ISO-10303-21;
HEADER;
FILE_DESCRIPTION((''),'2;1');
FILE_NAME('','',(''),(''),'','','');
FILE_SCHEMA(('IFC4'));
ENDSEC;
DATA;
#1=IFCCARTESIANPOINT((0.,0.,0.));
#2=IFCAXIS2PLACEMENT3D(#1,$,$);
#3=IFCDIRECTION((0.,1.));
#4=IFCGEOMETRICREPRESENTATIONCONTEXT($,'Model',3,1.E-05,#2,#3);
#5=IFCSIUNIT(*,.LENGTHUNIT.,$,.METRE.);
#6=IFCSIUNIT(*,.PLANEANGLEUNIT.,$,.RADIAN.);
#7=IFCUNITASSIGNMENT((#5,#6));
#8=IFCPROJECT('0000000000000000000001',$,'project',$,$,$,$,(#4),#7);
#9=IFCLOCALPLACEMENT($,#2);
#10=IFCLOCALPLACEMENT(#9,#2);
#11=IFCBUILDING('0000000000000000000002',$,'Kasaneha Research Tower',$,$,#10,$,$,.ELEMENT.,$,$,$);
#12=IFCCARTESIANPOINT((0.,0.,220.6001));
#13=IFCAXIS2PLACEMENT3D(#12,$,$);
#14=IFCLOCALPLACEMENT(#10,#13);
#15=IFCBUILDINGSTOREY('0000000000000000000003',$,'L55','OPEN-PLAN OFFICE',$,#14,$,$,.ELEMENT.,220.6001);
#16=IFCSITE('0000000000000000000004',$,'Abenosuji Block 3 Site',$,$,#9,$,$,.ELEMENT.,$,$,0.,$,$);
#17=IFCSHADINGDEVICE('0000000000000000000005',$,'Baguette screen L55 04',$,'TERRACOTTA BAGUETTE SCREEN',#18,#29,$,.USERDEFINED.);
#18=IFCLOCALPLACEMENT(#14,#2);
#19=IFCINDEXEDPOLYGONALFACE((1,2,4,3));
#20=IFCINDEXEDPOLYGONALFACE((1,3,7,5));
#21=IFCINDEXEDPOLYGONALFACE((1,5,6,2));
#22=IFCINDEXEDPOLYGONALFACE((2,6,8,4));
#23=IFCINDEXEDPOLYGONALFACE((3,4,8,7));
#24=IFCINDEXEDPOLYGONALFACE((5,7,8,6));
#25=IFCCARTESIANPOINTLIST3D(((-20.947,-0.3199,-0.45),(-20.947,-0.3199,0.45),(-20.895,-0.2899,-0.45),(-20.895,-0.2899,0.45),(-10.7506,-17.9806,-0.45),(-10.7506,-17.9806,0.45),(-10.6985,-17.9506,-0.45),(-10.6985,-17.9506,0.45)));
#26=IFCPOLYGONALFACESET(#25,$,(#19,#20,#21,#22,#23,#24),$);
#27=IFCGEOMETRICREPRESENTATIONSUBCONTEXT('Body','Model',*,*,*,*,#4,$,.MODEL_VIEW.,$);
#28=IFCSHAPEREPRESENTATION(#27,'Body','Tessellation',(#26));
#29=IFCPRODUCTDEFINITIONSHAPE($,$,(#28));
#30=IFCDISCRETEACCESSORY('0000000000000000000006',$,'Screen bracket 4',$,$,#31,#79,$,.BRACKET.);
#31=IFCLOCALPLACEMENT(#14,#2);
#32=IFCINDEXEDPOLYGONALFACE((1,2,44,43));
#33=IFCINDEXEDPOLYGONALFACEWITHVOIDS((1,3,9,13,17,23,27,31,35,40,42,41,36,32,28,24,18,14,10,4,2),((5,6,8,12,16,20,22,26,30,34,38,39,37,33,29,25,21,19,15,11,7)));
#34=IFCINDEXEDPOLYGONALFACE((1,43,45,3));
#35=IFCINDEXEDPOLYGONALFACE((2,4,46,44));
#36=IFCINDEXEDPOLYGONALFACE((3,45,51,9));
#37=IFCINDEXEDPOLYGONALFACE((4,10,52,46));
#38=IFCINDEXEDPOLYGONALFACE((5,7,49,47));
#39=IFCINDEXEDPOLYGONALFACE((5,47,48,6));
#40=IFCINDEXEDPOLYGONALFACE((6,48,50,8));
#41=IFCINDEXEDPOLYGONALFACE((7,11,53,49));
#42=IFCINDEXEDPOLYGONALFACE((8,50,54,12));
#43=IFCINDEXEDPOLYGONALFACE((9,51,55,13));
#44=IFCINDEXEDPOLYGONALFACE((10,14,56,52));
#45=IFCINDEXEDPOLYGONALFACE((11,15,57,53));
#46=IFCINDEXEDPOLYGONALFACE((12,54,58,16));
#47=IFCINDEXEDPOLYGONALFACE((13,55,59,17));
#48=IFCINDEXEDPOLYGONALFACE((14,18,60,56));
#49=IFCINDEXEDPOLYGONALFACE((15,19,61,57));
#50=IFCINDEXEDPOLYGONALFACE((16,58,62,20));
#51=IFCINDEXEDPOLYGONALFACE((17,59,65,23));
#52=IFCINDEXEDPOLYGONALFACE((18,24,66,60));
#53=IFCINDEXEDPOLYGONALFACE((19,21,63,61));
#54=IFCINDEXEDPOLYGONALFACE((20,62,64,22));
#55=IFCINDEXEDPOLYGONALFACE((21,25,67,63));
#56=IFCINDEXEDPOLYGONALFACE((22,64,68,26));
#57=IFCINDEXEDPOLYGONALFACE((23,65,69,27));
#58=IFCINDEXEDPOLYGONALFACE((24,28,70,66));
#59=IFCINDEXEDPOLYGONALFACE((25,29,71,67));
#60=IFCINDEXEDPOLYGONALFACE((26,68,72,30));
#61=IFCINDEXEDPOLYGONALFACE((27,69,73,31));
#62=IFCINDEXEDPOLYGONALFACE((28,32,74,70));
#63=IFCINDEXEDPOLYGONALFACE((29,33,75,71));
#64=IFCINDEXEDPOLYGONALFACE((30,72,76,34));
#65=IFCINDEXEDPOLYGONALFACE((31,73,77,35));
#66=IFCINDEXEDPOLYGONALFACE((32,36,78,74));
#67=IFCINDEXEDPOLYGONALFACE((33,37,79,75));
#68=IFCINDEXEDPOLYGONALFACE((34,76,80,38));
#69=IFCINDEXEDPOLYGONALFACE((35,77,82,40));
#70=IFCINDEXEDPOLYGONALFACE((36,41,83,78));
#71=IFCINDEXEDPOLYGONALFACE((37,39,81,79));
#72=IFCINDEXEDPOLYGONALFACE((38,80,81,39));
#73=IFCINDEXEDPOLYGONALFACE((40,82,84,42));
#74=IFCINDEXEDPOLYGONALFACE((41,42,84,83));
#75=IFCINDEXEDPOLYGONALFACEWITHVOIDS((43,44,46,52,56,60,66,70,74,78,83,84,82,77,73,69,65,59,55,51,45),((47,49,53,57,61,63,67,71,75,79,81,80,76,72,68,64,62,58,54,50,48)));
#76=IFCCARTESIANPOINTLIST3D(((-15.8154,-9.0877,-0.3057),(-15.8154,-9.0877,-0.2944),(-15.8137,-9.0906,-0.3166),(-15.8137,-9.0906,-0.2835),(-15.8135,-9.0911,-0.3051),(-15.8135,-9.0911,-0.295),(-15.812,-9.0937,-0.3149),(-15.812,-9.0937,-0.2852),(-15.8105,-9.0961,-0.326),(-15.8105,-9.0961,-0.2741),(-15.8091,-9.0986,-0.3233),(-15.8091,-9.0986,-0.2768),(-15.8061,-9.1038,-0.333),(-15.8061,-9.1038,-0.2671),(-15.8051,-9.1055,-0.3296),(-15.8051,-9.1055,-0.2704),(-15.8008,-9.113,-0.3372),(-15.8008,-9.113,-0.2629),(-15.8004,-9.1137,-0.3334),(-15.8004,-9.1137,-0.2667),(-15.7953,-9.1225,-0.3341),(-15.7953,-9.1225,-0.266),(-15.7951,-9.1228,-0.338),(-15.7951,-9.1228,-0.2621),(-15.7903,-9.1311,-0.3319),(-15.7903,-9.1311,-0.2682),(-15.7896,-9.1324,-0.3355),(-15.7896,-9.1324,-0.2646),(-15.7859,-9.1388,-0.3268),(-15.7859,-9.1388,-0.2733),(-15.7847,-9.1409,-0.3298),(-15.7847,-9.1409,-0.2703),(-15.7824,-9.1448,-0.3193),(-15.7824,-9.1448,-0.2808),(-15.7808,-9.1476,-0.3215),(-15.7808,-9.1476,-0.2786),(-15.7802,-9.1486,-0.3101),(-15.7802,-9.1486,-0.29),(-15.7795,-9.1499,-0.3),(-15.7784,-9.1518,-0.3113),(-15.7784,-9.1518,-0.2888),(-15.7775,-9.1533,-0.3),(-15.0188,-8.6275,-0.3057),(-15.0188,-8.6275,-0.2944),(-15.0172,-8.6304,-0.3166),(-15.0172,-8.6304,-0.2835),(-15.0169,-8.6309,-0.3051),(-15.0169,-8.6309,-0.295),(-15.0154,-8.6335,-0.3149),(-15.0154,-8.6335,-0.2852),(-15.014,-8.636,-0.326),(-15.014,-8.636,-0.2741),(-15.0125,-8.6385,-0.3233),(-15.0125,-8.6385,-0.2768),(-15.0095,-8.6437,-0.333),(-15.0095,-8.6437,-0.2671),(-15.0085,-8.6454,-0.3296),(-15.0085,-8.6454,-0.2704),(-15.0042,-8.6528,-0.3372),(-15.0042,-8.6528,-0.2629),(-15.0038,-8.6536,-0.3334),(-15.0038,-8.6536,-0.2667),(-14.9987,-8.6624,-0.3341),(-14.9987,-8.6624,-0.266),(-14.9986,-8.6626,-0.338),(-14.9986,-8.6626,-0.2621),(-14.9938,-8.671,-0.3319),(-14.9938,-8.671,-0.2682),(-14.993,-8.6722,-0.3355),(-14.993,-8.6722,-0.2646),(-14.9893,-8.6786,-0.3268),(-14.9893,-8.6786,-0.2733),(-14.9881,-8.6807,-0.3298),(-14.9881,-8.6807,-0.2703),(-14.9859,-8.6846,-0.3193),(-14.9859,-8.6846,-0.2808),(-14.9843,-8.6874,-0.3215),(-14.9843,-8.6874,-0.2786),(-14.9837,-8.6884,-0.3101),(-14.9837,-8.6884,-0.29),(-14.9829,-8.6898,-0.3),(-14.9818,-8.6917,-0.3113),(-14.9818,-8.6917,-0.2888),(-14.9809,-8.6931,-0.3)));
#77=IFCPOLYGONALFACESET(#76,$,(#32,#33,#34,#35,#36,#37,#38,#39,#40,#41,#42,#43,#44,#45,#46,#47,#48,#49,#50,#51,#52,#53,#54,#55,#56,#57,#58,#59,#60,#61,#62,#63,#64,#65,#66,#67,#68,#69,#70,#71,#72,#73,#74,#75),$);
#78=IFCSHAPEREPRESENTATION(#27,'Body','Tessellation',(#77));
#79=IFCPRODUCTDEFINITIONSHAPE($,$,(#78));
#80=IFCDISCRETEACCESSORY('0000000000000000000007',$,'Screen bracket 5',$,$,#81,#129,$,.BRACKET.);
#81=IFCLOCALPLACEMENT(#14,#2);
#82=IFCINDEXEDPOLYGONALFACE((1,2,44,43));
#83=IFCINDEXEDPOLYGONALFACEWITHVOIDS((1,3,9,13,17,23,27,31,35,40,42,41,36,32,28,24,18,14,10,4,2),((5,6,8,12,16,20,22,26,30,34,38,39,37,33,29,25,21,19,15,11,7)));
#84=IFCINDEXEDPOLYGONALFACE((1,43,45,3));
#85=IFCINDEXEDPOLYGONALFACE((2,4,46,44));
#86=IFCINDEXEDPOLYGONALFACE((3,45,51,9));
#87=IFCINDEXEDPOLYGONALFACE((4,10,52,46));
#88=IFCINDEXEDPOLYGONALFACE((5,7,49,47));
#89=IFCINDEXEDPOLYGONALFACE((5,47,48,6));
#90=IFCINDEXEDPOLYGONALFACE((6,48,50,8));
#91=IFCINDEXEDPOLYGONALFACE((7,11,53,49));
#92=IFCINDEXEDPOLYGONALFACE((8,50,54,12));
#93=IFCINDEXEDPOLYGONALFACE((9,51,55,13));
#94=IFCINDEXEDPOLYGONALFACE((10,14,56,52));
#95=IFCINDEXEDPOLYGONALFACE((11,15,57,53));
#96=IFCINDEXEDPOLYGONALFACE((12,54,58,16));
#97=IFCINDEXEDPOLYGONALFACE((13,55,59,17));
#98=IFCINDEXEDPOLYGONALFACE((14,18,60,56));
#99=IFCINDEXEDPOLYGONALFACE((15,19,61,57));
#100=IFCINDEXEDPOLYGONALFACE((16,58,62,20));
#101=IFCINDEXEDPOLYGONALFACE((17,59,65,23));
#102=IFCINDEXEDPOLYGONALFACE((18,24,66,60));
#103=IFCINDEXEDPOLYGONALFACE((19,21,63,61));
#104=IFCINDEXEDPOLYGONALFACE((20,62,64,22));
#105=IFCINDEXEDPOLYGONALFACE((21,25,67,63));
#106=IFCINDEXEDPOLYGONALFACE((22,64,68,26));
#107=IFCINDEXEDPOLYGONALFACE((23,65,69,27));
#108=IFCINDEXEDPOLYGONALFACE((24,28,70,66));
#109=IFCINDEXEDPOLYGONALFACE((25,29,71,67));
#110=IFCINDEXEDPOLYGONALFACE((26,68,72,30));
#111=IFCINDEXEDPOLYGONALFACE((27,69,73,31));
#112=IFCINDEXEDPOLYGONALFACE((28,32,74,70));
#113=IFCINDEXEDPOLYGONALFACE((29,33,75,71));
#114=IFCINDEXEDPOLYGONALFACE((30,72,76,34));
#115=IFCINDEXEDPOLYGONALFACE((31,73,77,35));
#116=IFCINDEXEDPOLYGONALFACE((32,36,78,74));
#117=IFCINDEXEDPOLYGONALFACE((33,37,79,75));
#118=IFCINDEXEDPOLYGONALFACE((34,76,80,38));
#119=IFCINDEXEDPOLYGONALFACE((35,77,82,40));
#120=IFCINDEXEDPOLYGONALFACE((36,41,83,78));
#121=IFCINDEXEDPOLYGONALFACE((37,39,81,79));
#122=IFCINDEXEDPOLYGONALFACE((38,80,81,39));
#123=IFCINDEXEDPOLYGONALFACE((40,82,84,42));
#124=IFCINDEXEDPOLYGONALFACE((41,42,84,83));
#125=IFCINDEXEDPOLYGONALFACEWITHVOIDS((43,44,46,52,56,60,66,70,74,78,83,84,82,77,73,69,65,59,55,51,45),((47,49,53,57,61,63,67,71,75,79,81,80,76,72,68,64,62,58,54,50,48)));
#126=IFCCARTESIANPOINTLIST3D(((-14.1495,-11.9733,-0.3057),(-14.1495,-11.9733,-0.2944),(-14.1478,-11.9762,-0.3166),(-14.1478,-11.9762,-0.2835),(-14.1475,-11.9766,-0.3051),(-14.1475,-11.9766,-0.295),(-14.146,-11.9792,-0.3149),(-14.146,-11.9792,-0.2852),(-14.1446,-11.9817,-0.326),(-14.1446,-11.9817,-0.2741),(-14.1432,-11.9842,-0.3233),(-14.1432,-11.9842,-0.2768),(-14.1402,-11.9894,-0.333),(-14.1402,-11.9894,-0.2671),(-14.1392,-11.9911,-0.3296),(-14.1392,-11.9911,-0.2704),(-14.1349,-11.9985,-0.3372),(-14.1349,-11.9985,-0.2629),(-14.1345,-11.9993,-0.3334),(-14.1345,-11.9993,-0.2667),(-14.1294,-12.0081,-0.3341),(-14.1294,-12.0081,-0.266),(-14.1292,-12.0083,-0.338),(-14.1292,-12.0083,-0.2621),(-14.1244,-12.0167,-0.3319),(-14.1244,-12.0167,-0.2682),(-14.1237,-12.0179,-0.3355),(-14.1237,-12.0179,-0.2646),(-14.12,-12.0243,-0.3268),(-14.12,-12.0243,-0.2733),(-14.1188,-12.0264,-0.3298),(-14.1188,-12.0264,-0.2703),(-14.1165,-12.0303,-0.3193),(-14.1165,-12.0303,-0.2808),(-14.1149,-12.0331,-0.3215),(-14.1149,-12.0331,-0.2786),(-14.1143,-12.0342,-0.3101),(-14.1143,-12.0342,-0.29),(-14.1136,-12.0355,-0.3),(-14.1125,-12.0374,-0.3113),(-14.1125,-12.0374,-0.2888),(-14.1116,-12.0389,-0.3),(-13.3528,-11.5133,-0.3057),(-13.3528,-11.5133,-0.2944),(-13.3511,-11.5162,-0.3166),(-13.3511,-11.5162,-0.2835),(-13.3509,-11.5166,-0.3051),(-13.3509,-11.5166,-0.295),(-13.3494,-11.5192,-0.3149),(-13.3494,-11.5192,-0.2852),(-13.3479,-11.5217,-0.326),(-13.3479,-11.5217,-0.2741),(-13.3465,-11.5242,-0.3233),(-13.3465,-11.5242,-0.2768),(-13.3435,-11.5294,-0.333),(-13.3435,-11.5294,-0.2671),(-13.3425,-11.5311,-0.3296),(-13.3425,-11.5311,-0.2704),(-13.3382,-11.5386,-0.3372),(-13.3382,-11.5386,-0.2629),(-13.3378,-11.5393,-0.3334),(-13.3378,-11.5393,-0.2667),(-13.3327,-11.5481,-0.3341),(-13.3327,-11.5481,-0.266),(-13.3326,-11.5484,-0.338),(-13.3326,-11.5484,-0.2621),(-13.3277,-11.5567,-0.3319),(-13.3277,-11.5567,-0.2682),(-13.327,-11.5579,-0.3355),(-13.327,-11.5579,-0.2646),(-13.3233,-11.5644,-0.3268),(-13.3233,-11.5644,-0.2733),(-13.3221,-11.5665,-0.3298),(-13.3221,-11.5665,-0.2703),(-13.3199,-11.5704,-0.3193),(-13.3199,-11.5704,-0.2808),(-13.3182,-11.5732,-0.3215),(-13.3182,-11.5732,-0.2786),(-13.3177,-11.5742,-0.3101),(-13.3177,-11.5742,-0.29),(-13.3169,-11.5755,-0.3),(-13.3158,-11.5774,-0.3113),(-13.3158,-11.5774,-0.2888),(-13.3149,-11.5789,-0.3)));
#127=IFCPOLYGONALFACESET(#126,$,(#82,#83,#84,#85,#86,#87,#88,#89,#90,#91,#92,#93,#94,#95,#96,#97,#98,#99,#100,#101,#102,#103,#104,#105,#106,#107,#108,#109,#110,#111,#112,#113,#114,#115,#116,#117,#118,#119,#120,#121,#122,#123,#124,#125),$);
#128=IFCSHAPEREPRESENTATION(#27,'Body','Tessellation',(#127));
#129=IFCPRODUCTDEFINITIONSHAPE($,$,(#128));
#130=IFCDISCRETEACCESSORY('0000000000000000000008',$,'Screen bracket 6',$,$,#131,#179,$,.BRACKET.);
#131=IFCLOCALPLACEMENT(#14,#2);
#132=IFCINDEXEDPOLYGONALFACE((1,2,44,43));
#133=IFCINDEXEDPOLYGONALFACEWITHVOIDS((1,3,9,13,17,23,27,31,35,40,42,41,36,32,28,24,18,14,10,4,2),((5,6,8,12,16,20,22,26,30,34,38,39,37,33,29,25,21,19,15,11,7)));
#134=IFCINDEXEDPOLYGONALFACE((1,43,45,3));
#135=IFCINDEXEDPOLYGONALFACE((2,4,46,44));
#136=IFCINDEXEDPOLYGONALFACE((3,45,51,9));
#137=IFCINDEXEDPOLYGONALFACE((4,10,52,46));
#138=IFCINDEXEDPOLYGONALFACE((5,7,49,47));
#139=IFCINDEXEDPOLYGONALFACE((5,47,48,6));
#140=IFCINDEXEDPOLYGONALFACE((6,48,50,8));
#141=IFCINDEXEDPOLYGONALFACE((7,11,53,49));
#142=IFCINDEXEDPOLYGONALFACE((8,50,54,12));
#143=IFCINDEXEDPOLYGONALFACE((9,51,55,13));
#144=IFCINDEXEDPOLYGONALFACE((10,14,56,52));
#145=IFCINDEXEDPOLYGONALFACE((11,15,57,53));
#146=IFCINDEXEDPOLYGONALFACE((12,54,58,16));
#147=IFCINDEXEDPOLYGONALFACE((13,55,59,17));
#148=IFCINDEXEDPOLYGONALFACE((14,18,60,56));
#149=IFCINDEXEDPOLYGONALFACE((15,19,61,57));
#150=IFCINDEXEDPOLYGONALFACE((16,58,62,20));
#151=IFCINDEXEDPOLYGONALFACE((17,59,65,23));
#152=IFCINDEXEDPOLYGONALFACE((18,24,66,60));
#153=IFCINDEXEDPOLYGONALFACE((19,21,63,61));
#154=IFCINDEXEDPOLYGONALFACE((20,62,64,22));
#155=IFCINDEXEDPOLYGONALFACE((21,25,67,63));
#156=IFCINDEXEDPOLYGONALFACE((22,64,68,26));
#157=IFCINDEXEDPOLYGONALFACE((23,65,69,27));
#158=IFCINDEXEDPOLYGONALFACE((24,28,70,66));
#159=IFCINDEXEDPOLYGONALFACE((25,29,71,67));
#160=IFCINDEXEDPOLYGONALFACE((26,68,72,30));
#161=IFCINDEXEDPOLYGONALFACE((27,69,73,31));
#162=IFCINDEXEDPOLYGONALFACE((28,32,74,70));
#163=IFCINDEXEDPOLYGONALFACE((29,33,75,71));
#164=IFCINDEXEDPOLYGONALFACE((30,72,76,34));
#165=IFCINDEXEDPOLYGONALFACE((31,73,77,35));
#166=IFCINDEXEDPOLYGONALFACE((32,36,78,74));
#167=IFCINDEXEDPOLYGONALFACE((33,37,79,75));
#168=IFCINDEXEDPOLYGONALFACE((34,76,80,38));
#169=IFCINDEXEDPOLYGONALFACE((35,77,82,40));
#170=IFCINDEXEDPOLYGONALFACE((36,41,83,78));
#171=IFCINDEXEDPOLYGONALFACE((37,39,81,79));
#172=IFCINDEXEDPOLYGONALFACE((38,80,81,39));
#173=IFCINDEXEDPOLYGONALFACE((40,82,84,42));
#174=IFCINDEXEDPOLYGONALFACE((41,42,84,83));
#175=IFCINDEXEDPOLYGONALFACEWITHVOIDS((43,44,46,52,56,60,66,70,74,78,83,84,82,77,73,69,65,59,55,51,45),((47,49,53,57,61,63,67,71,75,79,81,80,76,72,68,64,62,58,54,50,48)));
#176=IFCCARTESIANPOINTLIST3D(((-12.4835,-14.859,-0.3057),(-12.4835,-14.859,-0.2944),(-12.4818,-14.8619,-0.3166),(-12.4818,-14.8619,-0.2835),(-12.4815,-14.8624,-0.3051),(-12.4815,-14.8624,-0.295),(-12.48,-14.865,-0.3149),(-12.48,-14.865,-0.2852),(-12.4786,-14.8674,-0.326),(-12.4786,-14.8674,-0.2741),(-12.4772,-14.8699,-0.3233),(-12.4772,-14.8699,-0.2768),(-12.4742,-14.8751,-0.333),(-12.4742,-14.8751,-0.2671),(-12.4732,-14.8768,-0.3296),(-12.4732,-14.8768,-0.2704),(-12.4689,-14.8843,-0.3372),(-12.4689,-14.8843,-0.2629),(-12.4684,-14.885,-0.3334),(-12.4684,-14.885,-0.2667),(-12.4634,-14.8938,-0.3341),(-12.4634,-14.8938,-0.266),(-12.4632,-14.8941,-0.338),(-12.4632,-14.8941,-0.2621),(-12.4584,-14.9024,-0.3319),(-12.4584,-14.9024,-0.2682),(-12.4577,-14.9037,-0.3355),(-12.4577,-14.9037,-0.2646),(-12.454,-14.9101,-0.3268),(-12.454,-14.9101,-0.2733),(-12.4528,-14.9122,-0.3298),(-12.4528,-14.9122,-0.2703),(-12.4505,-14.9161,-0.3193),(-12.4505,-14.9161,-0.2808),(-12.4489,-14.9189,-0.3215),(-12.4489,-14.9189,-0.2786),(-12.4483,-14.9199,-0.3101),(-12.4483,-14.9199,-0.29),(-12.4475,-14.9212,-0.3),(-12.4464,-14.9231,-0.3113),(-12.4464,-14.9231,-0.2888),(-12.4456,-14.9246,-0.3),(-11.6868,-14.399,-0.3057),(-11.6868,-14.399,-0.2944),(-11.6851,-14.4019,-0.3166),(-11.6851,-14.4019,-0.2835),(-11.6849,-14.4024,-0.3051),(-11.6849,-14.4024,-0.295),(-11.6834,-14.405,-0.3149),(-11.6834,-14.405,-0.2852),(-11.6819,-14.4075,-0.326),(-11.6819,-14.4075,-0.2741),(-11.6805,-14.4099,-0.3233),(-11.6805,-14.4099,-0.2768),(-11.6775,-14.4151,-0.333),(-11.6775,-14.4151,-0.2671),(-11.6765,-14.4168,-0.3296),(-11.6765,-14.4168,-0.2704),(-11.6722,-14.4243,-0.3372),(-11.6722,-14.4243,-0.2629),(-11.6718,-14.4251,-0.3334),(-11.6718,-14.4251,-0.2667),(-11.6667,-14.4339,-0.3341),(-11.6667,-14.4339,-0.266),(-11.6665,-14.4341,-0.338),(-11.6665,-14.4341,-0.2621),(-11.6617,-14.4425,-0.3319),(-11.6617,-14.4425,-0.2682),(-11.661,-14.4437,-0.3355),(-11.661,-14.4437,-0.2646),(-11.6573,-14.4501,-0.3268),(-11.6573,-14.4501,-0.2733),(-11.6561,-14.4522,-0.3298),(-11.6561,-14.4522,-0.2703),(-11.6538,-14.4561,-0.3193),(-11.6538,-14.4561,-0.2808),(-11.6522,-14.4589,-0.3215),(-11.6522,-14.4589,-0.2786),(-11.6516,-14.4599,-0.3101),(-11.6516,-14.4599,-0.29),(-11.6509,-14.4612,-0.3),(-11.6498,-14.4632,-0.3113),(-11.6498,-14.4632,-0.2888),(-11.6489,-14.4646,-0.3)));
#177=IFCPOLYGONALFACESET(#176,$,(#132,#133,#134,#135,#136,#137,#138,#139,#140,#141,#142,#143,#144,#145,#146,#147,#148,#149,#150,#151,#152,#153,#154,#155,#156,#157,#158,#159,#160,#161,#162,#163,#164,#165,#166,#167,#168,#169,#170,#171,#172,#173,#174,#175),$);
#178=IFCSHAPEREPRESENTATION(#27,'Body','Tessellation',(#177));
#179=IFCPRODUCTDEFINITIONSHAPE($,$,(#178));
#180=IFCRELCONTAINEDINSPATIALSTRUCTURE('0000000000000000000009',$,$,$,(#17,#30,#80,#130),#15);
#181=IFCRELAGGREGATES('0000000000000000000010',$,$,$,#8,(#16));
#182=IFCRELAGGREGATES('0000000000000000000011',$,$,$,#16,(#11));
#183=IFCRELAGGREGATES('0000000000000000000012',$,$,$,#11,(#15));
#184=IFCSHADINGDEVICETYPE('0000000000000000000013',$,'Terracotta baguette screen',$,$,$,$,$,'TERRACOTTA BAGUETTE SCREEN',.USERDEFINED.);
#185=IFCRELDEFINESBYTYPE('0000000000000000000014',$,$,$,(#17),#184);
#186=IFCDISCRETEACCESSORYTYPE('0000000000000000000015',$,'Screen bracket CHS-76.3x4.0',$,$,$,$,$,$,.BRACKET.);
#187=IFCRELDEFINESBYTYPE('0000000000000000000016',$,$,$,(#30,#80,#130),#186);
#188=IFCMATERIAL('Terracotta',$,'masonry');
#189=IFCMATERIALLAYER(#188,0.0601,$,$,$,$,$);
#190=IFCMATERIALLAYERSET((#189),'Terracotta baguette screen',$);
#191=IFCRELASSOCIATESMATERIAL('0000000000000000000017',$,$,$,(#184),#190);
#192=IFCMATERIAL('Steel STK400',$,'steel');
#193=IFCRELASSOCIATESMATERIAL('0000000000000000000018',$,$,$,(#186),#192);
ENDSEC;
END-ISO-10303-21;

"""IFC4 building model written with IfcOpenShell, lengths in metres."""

from ifc_helpers import new_model, si_unit, direction, frame, origin, origin_2d, place, context, subcontext, project, spatial, rectangle, hollow_circle, extrude, material, layer, layer_set, material_profile, profile_set, type_object, element, save


model = new_model("IFC4")

# Units and contexts
model_context = context("Model", 3, precision=1e-05, world=origin(), true_north=direction((0.0, 1.0)))
body_context = subcontext(model_context, "Body", "Model", "MODEL_VIEW")
ifc_project = project(units=[si_unit("LENGTHUNIT", "METRE"), si_unit("PLANEANGLEUNIT", "RADIAN")], contexts=[model_context])

# Site, building, storey
site_placement = place(None, origin())
site = spatial("IfcSite", under=ifc_project, at=site_placement, Name="Abenosuji Block 3 Site", CompositionType="ELEMENT", RefElevation=0.0)
building_placement = place(site_placement, origin())
building = spatial("IfcBuilding", under=site, at=building_placement, Name="Kasaneha Research Tower", CompositionType="ELEMENT")
storey_placement = place(building_placement, frame((0.0, 0.0, 220.6001)))
storey = spatial("IfcBuildingStorey", under=building, at=storey_placement, Name="L55", Description="OPEN-PLAN OFFICE", CompositionType="ELEMENT", Elevation=220.6001)

# Shading device
ifc_material_1 = material(Name="Terracotta", Category="masonry")
ifc_layer_1 = layer(ifc_material_1, 0.0601)
ifc_layer_set_1 = layer_set([ifc_layer_1], Name="Terracotta baguette screen")
shading_device_type = type_object("IfcShadingDeviceType", Name="Terracotta baguette screen", ElementType="TERRACOTTA BAGUETTE SCREEN", PredefinedType="USERDEFINED", material=ifc_layer_set_1)
shading_device_placement = place(storey_placement, frame((-15.8228, -9.1353, -0.45), z_axis=(0.0, 0.0, 1.0), x_axis=(0.5, -0.866025, 0.0)))
element("IfcShadingDevice", 1, at=shading_device_placement, inside=storey, type_object=shading_device_type, Name="Baguette screen L55 04", ObjectType="TERRACOTTA BAGUETTE SCREEN", PredefinedType="USERDEFINED", context=body_context, shape_type="SweptSolid", body=[
    extrude(rectangle(XDim=20.3928, YDim=0.0601, at=origin_2d()), origin(), (0.0, 0.0, 1.0), 0.8999),
])

# Discrete accessories
ifc_material_2 = material(Name="Steel STK400", Category="steel")
ifc_material_profile_1 = material_profile(ifc_material_2, hollow_circle(Radius=0.0381, WallThickness=0.0039, at=origin_2d()), Name="CHS-76.3x4.0")
ifc_profile_set_1 = profile_set([ifc_material_profile_1], Name="Steel STK400")
discrete_accessory_type = type_object("IfcDiscreteAccessoryType", Name="Screen bracket CHS-76.3x4.0", PredefinedType="BRACKET", material=ifc_profile_set_1)
for number, where, z_axis, x_axis, name in (
    (2, (-15.0, -8.6602, -0.3), (-0.865898, -0.50022, 0.0), (0.50022, -0.865898, 0.0), "Screen bracket 4"),
    (3, (-13.334, -11.5459, -0.3), (-0.866013, -0.500021, 0.0), (0.500021, -0.866013, 0.0), "Screen bracket 5"),
    (4, (-11.668, -14.4316, -0.3), (-0.866013, -0.500021, 0.0), (0.500021, -0.866013, 0.0), "Screen bracket 6"),
):
    element("IfcDiscreteAccessory", number, at=place(storey_placement, frame(where, z_axis=z_axis, x_axis=x_axis)), inside=storey, type_object=discrete_accessory_type, Name=name, PredefinedType="BRACKET", context=body_context, shape_type="SweptSolid", body=[
        extrude(hollow_circle(Radius=0.0381, WallThickness=0.0039, at=origin_2d()), origin(), (0.0, 0.0, 1.0), 0.9199),
    ])

save(model, "model.ifc")
